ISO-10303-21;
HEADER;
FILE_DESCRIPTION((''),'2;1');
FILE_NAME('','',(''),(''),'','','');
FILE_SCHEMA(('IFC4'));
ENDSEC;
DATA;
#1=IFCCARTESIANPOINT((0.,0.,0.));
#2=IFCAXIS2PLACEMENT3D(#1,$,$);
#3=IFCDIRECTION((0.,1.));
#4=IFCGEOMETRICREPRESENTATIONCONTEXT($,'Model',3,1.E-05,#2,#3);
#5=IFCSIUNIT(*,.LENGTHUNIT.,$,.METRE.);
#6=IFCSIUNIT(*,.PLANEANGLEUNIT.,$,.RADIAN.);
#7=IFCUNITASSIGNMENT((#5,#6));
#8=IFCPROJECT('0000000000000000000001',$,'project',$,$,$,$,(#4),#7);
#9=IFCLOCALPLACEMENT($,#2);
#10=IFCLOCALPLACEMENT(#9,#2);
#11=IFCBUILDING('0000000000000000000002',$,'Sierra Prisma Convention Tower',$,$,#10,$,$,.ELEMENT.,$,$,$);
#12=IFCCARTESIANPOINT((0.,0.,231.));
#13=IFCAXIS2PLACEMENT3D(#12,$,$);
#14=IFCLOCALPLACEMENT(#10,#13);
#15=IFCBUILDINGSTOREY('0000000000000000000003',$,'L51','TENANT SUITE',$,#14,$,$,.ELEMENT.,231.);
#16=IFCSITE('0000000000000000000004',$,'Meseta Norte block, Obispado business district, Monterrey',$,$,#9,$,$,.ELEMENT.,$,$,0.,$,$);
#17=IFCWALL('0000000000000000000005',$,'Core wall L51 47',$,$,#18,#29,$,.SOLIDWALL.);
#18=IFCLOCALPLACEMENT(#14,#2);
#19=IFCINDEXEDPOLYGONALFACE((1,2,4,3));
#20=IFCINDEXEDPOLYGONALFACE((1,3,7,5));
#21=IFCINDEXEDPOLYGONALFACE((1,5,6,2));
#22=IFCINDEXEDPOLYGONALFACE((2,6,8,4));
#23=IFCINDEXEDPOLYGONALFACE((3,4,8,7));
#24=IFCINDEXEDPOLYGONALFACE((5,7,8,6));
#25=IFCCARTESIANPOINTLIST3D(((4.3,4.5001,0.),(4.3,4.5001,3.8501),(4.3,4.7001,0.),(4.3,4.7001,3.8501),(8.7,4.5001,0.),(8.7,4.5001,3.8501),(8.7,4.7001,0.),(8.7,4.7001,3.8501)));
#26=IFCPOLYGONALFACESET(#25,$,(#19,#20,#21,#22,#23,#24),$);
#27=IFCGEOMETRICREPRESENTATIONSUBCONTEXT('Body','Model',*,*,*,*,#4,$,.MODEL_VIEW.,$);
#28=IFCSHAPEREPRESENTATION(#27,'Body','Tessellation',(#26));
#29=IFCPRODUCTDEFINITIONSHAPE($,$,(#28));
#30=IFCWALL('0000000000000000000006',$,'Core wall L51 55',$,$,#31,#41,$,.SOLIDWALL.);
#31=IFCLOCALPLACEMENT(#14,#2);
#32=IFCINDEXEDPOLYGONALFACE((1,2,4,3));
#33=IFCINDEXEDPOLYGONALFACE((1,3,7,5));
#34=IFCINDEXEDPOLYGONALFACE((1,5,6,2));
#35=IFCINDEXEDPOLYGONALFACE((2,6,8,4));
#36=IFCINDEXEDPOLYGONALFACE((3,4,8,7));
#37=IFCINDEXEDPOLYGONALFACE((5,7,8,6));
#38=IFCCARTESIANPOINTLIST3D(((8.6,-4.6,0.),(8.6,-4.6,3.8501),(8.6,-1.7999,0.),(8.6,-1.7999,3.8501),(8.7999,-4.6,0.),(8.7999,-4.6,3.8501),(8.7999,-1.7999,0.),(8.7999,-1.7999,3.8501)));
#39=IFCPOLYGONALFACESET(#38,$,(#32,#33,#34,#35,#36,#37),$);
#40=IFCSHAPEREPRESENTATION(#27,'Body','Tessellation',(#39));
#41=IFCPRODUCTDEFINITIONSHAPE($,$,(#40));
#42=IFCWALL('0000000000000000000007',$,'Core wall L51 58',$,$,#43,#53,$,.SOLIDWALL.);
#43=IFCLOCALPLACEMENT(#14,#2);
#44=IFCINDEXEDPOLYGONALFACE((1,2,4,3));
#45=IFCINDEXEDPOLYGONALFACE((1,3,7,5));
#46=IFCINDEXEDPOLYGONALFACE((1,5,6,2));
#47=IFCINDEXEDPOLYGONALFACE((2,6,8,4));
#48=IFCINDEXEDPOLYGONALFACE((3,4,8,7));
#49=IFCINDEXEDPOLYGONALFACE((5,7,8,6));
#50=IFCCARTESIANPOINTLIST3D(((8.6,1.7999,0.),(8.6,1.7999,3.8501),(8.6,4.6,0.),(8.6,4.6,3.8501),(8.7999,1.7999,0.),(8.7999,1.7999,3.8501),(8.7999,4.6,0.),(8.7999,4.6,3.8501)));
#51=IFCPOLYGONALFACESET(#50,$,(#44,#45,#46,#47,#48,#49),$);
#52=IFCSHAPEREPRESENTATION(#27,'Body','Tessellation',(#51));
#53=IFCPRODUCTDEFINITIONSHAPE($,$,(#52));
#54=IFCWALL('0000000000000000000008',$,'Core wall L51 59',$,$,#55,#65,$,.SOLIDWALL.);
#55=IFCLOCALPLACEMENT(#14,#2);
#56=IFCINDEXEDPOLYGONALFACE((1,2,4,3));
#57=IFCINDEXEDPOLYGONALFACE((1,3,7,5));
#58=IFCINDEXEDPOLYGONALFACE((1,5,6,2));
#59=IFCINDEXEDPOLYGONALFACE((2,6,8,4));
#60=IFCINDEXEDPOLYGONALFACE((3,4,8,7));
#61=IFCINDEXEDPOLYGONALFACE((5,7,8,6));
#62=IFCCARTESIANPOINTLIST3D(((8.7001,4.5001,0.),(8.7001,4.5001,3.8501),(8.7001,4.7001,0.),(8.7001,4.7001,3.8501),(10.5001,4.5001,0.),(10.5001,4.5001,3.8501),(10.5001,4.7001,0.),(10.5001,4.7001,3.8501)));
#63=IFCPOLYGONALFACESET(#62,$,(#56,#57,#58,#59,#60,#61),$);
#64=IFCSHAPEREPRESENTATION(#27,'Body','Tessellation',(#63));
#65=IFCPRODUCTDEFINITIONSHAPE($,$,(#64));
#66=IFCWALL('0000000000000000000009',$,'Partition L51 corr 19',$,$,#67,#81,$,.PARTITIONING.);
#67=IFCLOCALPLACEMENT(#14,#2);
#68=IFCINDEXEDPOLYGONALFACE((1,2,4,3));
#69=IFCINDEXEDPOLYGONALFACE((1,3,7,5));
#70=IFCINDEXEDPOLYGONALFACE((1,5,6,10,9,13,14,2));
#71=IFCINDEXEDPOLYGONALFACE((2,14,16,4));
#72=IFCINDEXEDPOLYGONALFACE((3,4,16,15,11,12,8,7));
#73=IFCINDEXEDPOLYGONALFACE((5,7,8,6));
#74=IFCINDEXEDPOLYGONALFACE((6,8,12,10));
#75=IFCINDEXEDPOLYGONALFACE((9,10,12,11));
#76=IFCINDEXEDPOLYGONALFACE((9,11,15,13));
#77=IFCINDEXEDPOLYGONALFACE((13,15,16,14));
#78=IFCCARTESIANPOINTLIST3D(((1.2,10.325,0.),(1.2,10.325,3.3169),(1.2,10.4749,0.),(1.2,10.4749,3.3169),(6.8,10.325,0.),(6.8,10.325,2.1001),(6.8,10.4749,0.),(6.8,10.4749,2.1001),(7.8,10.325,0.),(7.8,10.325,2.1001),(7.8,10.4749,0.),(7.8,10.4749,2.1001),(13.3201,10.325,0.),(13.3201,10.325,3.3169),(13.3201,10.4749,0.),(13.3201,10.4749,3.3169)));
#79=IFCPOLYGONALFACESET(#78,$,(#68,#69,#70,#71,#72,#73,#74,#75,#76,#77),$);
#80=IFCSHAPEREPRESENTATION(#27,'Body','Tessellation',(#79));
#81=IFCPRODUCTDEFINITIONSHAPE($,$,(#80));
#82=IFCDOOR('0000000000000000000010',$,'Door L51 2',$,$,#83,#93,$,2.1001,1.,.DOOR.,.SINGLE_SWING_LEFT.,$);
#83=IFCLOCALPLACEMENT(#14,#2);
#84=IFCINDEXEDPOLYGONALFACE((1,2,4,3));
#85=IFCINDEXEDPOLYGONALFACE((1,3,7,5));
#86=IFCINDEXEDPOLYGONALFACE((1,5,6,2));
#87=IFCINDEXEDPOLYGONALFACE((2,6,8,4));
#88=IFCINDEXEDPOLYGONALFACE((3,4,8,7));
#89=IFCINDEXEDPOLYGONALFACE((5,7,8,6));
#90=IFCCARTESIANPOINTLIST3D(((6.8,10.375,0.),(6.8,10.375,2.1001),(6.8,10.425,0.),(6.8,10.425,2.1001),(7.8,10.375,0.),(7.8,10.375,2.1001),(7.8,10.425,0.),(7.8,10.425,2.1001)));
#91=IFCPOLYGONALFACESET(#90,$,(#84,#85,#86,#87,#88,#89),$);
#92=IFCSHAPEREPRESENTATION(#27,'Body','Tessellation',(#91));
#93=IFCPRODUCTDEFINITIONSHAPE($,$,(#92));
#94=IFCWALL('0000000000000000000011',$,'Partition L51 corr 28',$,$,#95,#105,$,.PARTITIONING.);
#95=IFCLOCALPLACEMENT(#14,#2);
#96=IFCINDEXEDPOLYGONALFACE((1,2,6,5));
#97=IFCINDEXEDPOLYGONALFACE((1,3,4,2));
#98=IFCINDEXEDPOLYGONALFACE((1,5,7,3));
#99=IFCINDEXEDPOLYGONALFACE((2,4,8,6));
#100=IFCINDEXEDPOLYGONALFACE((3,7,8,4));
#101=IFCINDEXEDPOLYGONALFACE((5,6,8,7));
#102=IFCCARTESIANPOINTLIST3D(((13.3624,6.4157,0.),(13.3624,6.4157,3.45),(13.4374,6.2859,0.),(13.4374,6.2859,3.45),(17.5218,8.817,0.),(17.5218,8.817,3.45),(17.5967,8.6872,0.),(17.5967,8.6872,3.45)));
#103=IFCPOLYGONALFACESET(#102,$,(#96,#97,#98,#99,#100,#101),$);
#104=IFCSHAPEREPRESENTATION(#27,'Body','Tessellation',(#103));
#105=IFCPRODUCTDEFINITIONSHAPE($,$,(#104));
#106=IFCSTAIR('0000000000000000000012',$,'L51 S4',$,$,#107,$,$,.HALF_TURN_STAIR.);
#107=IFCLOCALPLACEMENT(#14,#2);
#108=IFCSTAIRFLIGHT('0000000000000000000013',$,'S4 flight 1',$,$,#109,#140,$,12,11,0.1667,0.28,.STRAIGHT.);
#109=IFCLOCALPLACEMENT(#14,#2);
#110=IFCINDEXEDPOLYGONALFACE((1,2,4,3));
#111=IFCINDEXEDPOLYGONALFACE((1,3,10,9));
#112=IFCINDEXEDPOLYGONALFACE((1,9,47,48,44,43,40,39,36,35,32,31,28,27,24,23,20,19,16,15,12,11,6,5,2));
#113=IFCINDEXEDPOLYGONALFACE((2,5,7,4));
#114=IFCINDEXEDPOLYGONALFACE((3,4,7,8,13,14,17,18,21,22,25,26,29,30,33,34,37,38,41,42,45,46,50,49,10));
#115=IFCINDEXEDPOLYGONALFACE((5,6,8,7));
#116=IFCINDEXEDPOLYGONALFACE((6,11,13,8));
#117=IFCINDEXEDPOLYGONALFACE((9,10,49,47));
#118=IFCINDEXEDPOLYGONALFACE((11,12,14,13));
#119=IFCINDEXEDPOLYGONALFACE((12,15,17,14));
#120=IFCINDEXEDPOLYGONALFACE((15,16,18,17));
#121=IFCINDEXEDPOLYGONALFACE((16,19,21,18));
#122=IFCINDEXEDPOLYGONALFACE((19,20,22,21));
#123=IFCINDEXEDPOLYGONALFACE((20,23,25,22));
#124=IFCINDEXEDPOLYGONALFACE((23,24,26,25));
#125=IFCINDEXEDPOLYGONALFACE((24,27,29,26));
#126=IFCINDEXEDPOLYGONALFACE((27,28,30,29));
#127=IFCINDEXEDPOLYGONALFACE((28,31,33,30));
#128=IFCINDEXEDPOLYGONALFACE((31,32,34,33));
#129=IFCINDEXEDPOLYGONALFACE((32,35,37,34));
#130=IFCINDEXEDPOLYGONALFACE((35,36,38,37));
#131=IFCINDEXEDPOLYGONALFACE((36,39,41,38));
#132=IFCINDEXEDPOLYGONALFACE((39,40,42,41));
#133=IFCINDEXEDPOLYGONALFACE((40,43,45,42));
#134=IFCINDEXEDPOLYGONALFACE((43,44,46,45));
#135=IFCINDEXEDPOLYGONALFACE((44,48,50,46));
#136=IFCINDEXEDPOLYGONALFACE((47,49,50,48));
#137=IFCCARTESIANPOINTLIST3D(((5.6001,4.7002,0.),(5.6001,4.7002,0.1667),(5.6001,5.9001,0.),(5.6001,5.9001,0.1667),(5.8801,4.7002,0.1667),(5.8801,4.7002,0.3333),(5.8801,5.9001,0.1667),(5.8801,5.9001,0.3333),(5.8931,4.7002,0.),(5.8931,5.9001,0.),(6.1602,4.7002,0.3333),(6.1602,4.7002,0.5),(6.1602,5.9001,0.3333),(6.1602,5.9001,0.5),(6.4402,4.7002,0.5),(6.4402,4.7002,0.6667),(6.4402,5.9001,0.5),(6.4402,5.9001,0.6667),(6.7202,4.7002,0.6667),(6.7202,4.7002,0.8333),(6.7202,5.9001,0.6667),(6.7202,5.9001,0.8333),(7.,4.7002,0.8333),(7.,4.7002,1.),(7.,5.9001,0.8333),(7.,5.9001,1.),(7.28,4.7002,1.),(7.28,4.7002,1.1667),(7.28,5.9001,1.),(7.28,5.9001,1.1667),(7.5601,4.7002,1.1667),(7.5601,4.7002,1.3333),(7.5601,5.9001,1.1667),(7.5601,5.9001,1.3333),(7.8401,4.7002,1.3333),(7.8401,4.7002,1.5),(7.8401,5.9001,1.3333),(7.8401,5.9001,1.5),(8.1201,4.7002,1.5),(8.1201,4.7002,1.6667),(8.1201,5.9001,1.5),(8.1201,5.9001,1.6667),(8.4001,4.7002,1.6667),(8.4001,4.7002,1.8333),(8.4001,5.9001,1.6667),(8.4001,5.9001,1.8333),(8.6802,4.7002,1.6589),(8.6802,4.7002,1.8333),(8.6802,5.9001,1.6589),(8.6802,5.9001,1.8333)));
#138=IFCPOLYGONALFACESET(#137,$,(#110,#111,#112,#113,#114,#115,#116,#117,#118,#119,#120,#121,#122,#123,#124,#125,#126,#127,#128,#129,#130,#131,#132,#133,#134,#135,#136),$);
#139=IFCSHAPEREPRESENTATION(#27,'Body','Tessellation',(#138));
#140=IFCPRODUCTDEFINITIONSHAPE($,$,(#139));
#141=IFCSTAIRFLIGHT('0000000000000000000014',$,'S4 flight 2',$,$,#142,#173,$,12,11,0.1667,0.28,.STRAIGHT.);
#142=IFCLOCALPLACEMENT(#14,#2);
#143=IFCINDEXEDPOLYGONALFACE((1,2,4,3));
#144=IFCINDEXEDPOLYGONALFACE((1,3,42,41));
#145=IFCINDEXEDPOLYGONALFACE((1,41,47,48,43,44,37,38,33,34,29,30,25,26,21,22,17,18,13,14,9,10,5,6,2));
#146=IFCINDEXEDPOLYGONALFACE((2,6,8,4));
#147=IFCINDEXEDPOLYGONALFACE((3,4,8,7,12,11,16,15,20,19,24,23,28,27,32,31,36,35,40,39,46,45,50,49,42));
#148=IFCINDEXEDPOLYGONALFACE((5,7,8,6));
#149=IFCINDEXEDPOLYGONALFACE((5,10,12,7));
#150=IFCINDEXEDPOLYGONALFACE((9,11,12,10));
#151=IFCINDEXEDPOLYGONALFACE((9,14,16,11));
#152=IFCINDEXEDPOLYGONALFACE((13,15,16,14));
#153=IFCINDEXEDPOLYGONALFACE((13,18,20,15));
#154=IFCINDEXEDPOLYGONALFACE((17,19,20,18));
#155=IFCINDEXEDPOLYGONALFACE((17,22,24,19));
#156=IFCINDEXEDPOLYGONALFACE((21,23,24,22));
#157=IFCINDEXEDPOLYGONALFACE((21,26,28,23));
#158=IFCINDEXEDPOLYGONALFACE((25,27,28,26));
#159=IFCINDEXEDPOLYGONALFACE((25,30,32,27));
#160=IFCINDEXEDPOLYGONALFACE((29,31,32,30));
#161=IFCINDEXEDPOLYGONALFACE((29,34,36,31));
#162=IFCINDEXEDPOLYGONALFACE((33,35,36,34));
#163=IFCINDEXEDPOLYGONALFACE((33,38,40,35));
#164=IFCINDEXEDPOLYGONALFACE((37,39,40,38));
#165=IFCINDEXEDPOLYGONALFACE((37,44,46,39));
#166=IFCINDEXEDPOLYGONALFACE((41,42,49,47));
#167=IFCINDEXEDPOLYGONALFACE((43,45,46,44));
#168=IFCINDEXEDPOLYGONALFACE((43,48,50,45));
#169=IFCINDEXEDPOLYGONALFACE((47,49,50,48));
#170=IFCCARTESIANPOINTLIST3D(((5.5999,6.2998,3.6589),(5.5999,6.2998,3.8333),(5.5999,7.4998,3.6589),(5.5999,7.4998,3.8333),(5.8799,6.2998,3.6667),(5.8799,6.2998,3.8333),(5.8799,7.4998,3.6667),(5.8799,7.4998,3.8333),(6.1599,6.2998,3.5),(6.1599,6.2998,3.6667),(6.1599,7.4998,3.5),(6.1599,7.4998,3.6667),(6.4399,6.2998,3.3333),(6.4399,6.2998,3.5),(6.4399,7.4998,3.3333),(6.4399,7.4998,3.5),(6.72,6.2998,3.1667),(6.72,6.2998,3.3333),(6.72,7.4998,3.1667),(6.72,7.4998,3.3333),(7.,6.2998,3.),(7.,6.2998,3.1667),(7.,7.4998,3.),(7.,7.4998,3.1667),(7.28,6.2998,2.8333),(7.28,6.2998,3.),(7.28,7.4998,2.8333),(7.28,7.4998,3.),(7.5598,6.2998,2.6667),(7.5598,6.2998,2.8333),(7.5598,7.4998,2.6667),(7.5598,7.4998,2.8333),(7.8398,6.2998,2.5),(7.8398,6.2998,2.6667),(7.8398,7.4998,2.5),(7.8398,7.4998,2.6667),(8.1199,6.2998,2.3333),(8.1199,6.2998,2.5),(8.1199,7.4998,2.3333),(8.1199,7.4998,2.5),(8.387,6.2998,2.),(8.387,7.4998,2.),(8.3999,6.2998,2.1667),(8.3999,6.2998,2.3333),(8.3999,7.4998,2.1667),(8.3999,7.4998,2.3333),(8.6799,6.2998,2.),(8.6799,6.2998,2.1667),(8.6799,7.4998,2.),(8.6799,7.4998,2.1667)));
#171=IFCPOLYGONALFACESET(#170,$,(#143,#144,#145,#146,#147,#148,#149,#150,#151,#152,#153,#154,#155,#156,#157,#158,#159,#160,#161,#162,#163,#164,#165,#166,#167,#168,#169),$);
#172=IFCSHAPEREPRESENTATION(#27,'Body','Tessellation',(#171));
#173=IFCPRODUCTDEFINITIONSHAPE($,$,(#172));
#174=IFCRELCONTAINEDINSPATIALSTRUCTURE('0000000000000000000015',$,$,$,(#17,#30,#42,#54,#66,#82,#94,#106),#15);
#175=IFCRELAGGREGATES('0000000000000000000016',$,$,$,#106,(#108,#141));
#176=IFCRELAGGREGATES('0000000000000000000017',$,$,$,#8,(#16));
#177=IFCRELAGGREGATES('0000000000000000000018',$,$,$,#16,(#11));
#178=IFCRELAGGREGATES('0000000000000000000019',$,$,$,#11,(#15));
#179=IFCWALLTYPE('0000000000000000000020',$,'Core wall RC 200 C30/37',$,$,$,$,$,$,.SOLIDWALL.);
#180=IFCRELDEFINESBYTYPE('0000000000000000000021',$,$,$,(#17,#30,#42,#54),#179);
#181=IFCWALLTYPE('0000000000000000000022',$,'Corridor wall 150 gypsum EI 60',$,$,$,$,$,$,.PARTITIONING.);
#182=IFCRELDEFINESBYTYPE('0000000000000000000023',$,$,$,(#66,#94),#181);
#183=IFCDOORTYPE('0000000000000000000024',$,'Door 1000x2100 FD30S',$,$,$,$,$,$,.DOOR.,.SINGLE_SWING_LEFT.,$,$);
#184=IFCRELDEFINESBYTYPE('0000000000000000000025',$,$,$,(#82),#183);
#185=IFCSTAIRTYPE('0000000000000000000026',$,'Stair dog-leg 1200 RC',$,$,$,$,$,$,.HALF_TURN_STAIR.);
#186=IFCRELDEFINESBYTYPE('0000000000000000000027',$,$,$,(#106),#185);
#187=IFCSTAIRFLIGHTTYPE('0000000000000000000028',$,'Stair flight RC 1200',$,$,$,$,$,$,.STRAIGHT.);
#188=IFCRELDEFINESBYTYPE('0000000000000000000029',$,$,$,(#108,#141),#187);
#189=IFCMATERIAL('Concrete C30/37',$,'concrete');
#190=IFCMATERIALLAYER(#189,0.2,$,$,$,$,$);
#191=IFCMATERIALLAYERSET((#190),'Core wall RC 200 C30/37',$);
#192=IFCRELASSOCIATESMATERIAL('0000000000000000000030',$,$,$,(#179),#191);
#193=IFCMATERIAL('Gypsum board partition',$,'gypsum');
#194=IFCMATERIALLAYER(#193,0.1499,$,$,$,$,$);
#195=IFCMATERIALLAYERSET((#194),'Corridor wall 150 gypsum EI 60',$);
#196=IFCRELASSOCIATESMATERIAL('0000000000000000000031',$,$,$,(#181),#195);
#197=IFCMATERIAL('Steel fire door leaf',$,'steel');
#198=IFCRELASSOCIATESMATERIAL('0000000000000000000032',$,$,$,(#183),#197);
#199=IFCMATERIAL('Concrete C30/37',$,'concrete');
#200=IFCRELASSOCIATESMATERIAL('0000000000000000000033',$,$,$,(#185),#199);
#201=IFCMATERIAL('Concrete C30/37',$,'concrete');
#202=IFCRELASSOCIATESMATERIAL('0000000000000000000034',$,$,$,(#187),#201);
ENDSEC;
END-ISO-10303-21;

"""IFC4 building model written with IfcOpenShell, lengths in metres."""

from ifc_helpers import new_model, si_unit, direction, frame, frame_2d, origin, place, context, subcontext, project, spatial, polyline, rectangle, outline, extrude, material, layer, layer_set, type_object, element, fill, aggregate, save


model = new_model("IFC4")

# Units and contexts
model_context = context("Model", 3, precision=1e-05, world=origin(), true_north=direction((0.0, 1.0)))
body_context = subcontext(model_context, "Body", "Model", "MODEL_VIEW")
ifc_project = project(units=[si_unit("LENGTHUNIT", "METRE"), si_unit("PLANEANGLEUNIT", "RADIAN")], contexts=[model_context])

# Site, building, storey
site_placement = place(None, origin())
site = spatial("IfcSite", under=ifc_project, at=site_placement, Name="Meseta Norte block, Obispado business district, Monterrey", CompositionType="ELEMENT", RefElevation=0.0)
building_placement = place(site_placement, origin())
building = spatial("IfcBuilding", under=site, at=building_placement, Name="Sierra Prisma Convention Tower", CompositionType="ELEMENT")
storey_placement = place(building_placement, frame((0.0, 0.0, 231.0)))
storey = spatial("IfcBuildingStorey", under=building, at=storey_placement, Name="L51", Description="TENANT SUITE", CompositionType="ELEMENT", Elevation=231.0)

# Wall
ifc_material_1 = material(Name="Concrete C30/37", Category="concrete")
ifc_layer_1 = layer(ifc_material_1, 0.2)
ifc_layer_set_1 = layer_set([ifc_layer_1], Name="Core wall RC 200 C30/37")
wall_type_1 = type_object("IfcWallType", Name="Core wall RC 200 C30/37", PredefinedType="SOLIDWALL", material=ifc_layer_set_1)
wall_1_placement = place(storey_placement, frame((8.7, 4.6001, 0.0), z_axis=(0.0, 0.0, 1.0), x_axis=(-1.0, 0.0, 0.0)))
element("IfcWall", 1, at=wall_1_placement, inside=storey, type_object=wall_type_1, Name="Core wall L51 47", PredefinedType="SOLIDWALL", context=body_context, shape_type="SweptSolid", body=[
    extrude(rectangle(XDim=4.3999, YDim=0.2, at=frame_2d((2.2, 0.0))), origin(), (0.0, 0.0, 1.0), 3.8501),
])

# Wall
wall_2_placement = place(storey_placement, frame((8.7, -1.8, 0.0), z_axis=(0.0, 0.0, 1.0), x_axis=(0.0, -1.0, 0.0)))
element("IfcWall", 2, at=wall_2_placement, inside=storey, type_object=wall_type_1, Name="Core wall L51 55", PredefinedType="SOLIDWALL", context=body_context, shape_type="SweptSolid", body=[
    extrude(rectangle(XDim=2.8, YDim=0.2, at=frame_2d((1.3999, 0.0))), origin(), (0.0, 0.0, 1.0), 3.8501),
])

# Walls
wall_3_placement = place(storey_placement, frame((8.7, 1.8, 0.0), z_axis=(0.0, 0.0, 1.0), x_axis=(0.0, 1.0, 0.0)))
element("IfcWall", 3, at=wall_3_placement, inside=storey, type_object=wall_type_1, Name="Core wall L51 58", PredefinedType="SOLIDWALL", context=body_context, shape_type="SweptSolid", body=[
    extrude(rectangle(XDim=2.8, YDim=0.2, at=frame_2d((1.3999, 0.0))), origin(), (0.0, 0.0, 1.0), 3.8501),
])
wall_4_placement = place(storey_placement, frame((10.5, 4.6001, 0.0), z_axis=(0.0, 0.0, 1.0), x_axis=(-1.0, 0.0, 0.0)))
element("IfcWall", 4, at=wall_4_placement, inside=storey, type_object=wall_type_1, Name="Core wall L51 59", PredefinedType="SOLIDWALL", context=body_context, shape_type="SweptSolid", body=[
    extrude(rectangle(XDim=1.8, YDim=0.2, at=frame_2d((0.8999, 0.0))), origin(), (0.0, 0.0, 1.0), 3.8501),
])

# Wall, opening, door
ifc_material_2 = material(Name="Gypsum board partition", Category="gypsum")
ifc_layer_2 = layer(ifc_material_2, 0.1499)
ifc_layer_set_2 = layer_set([ifc_layer_2], Name="Corridor wall 150 gypsum EI 60")
wall_type_2 = type_object("IfcWallType", Name="Corridor wall 150 gypsum EI 60", PredefinedType="PARTITIONING", material=ifc_layer_set_2)
wall_5_placement = place(storey_placement, frame((13.3201, 10.3999, 0.0), z_axis=(0.0, 0.0, 1.0), x_axis=(-1.0, 0.0, 0.0)))
wall_5 = element("IfcWall", 5, at=wall_5_placement, inside=storey, type_object=wall_type_2, Name="Partition L51 corr 19", PredefinedType="PARTITIONING", context=body_context, shape_type="SweptSolid", body=[
    extrude(rectangle(XDim=12.1201, YDim=0.1499, at=frame_2d((6.0601, 0.0))), origin(), (0.0, 0.0, 1.0), 3.3169),
])
opening_1_placement = place(wall_5_placement, frame((5.52, 0.0, 0.0)))
opening_1 = element("IfcOpeningElement", 6, at=opening_1_placement, cuts=wall_5, PredefinedType="OPENING", context=body_context, shape_type="SweptSolid", body=[
    extrude(rectangle(XDim=1.0, YDim=2.1001, at=frame_2d((0.5, 1.05))), frame((0.0, 0.075, 0.0), z_axis=(0.0, -1.0, 0.0), x_axis=(1.0, 0.0, 0.0)), (0.0, 0.0, 1.0), 0.1499),
])
ifc_material_3 = material(Name="Steel fire door leaf", Category="steel")
door_type_1 = type_object("IfcDoorType", Name="Door 1000x2100 FD30S", OperationType="SINGLE_SWING_LEFT", PredefinedType="DOOR", material=ifc_material_3)
door_1_placement = place(opening_1_placement, origin())
door_1 = element("IfcDoor", 7, at=door_1_placement, inside=storey, type_object=door_type_1, Name="Door L51 2", OperationType="SINGLE_SWING_LEFT", OverallHeight=2.1001, OverallWidth=1.0, PredefinedType="DOOR", context=body_context, shape_type="SweptSolid", body=[
    extrude(rectangle(XDim=1.0, YDim=2.1001, at=frame_2d((0.5, 1.05))), frame((0.0, 0.0249, 0.0), z_axis=(0.0, -1.0, 0.0), x_axis=(1.0, 0.0, 0.0)), (0.0, 0.0, 1.0), 0.05),
])
fill(opening_1, door_1)

# Wall
wall_6_placement = place(storey_placement, frame((13.3999, 6.3508, 0.0), z_axis=(0.0, 0.0, 1.0), x_axis=(0.866032, 0.499988, 0.0)))
element("IfcWall", 8, at=wall_6_placement, inside=storey, type_object=wall_type_2, Name="Partition L51 corr 28", PredefinedType="PARTITIONING", context=body_context, shape_type="SweptSolid", body=[
    extrude(rectangle(XDim=4.8027, YDim=0.1499, at=frame_2d((2.4014, 0.0))), origin(), (0.0, 0.0, 1.0), 3.45),
])

# Stair, stair flights
ifc_material_4 = material(Name="Concrete C30/37", Category="concrete")
stair_type = type_object("IfcStairType", Name="Stair dog-leg 1200 RC", PredefinedType="HALF_TURN_STAIR", material=ifc_material_4)
stair_placement = place(storey_placement, origin())
stair = element("IfcStair", 9, at=stair_placement, inside=storey, type_object=stair_type, Name="L51 S4", PredefinedType="HALF_TURN_STAIR")
ifc_material_5 = material(Name="Concrete C30/37", Category="concrete")
stair_flight_type = type_object("IfcStairFlightType", Name="Stair flight RC 1200", PredefinedType="STRAIGHT", material=ifc_material_5)
stair_flight_1_placement = place(storey_placement, frame((5.6001, 5.3, 0.0), z_axis=(0.0, 0.0, 1.0), x_axis=(1.0, 0.0, 0.0)))
stair_flight_1 = element("IfcStairFlight", 10, at=stair_flight_1_placement, type_object=stair_flight_type, Name="S4 flight 1", NumberOfRisers=12, NumberOfTreads=11, PredefinedType="STRAIGHT", RiserHeight=0.1667, TreadLength=0.28, context=body_context, shape_type="SweptSolid", body=[
    extrude(outline(polyline([(0.0, 0.0), (0.0, 0.1667), (0.28, 0.1667), (0.28, 0.3333), (0.5601, 0.3333), (0.5601, 0.5), (0.8401, 0.5), (0.8401, 0.6667), (1.1201, 0.6667), (1.1201, 0.8333), (1.3999, 0.8333), (1.3999, 1.0), (1.6799, 1.0), (1.6799, 1.1667), (1.96, 1.1667), (1.96, 1.3333), (2.24, 1.3333), (2.24, 1.5), (2.52, 1.5), (2.52, 1.6667), (2.8, 1.6667), (2.8, 1.8333), (3.0801, 1.8333), (3.0801, 2.0), (3.0801, 1.6589), (0.293, 0.0), (0.0, 0.0)])), frame((0.0, 0.6001, 0.0), z_axis=(0.0, -1.0, 0.0), x_axis=(1.0, 0.0, 0.0)), (0.0, 0.0, 1.0), 1.2),
])
stair_flight_2_placement = place(storey_placement, frame((8.6799, 6.8999, 2.0), z_axis=(0.0, 0.0, 1.0), x_axis=(-1.0, 0.0, 0.0)))
stair_flight_2 = element("IfcStairFlight", 11, at=stair_flight_2_placement, type_object=stair_flight_type, Name="S4 flight 2", NumberOfRisers=12, NumberOfTreads=11, PredefinedType="STRAIGHT", RiserHeight=0.1667, TreadLength=0.28, context=body_context, shape_type="SweptSolid", body=[
    extrude(outline(polyline([(0.0, 0.0), (0.0, 0.1667), (0.28, 0.1667), (0.28, 0.3333), (0.5601, 0.3333), (0.5601, 0.5), (0.8401, 0.5), (0.8401, 0.6667), (1.1201, 0.6667), (1.1201, 0.8333), (1.3999, 0.8333), (1.3999, 1.0), (1.6799, 1.0), (1.6799, 1.1667), (1.96, 1.1667), (1.96, 1.3333), (2.24, 1.3333), (2.24, 1.5), (2.52, 1.5), (2.52, 1.6667), (2.8, 1.6667), (2.8, 1.8333), (3.0801, 1.8333), (3.0801, 2.0), (3.0801, 1.6589), (0.293, 0.0), (0.0, 0.0)])), frame((0.0, 0.6001, 0.0), z_axis=(0.0, -1.0, 0.0), x_axis=(1.0, 0.0, 0.0)), (0.0, 0.0, 1.0), 1.2),
])
aggregate(stair, [stair_flight_1, stair_flight_2])

save(model, "model.ifc")
